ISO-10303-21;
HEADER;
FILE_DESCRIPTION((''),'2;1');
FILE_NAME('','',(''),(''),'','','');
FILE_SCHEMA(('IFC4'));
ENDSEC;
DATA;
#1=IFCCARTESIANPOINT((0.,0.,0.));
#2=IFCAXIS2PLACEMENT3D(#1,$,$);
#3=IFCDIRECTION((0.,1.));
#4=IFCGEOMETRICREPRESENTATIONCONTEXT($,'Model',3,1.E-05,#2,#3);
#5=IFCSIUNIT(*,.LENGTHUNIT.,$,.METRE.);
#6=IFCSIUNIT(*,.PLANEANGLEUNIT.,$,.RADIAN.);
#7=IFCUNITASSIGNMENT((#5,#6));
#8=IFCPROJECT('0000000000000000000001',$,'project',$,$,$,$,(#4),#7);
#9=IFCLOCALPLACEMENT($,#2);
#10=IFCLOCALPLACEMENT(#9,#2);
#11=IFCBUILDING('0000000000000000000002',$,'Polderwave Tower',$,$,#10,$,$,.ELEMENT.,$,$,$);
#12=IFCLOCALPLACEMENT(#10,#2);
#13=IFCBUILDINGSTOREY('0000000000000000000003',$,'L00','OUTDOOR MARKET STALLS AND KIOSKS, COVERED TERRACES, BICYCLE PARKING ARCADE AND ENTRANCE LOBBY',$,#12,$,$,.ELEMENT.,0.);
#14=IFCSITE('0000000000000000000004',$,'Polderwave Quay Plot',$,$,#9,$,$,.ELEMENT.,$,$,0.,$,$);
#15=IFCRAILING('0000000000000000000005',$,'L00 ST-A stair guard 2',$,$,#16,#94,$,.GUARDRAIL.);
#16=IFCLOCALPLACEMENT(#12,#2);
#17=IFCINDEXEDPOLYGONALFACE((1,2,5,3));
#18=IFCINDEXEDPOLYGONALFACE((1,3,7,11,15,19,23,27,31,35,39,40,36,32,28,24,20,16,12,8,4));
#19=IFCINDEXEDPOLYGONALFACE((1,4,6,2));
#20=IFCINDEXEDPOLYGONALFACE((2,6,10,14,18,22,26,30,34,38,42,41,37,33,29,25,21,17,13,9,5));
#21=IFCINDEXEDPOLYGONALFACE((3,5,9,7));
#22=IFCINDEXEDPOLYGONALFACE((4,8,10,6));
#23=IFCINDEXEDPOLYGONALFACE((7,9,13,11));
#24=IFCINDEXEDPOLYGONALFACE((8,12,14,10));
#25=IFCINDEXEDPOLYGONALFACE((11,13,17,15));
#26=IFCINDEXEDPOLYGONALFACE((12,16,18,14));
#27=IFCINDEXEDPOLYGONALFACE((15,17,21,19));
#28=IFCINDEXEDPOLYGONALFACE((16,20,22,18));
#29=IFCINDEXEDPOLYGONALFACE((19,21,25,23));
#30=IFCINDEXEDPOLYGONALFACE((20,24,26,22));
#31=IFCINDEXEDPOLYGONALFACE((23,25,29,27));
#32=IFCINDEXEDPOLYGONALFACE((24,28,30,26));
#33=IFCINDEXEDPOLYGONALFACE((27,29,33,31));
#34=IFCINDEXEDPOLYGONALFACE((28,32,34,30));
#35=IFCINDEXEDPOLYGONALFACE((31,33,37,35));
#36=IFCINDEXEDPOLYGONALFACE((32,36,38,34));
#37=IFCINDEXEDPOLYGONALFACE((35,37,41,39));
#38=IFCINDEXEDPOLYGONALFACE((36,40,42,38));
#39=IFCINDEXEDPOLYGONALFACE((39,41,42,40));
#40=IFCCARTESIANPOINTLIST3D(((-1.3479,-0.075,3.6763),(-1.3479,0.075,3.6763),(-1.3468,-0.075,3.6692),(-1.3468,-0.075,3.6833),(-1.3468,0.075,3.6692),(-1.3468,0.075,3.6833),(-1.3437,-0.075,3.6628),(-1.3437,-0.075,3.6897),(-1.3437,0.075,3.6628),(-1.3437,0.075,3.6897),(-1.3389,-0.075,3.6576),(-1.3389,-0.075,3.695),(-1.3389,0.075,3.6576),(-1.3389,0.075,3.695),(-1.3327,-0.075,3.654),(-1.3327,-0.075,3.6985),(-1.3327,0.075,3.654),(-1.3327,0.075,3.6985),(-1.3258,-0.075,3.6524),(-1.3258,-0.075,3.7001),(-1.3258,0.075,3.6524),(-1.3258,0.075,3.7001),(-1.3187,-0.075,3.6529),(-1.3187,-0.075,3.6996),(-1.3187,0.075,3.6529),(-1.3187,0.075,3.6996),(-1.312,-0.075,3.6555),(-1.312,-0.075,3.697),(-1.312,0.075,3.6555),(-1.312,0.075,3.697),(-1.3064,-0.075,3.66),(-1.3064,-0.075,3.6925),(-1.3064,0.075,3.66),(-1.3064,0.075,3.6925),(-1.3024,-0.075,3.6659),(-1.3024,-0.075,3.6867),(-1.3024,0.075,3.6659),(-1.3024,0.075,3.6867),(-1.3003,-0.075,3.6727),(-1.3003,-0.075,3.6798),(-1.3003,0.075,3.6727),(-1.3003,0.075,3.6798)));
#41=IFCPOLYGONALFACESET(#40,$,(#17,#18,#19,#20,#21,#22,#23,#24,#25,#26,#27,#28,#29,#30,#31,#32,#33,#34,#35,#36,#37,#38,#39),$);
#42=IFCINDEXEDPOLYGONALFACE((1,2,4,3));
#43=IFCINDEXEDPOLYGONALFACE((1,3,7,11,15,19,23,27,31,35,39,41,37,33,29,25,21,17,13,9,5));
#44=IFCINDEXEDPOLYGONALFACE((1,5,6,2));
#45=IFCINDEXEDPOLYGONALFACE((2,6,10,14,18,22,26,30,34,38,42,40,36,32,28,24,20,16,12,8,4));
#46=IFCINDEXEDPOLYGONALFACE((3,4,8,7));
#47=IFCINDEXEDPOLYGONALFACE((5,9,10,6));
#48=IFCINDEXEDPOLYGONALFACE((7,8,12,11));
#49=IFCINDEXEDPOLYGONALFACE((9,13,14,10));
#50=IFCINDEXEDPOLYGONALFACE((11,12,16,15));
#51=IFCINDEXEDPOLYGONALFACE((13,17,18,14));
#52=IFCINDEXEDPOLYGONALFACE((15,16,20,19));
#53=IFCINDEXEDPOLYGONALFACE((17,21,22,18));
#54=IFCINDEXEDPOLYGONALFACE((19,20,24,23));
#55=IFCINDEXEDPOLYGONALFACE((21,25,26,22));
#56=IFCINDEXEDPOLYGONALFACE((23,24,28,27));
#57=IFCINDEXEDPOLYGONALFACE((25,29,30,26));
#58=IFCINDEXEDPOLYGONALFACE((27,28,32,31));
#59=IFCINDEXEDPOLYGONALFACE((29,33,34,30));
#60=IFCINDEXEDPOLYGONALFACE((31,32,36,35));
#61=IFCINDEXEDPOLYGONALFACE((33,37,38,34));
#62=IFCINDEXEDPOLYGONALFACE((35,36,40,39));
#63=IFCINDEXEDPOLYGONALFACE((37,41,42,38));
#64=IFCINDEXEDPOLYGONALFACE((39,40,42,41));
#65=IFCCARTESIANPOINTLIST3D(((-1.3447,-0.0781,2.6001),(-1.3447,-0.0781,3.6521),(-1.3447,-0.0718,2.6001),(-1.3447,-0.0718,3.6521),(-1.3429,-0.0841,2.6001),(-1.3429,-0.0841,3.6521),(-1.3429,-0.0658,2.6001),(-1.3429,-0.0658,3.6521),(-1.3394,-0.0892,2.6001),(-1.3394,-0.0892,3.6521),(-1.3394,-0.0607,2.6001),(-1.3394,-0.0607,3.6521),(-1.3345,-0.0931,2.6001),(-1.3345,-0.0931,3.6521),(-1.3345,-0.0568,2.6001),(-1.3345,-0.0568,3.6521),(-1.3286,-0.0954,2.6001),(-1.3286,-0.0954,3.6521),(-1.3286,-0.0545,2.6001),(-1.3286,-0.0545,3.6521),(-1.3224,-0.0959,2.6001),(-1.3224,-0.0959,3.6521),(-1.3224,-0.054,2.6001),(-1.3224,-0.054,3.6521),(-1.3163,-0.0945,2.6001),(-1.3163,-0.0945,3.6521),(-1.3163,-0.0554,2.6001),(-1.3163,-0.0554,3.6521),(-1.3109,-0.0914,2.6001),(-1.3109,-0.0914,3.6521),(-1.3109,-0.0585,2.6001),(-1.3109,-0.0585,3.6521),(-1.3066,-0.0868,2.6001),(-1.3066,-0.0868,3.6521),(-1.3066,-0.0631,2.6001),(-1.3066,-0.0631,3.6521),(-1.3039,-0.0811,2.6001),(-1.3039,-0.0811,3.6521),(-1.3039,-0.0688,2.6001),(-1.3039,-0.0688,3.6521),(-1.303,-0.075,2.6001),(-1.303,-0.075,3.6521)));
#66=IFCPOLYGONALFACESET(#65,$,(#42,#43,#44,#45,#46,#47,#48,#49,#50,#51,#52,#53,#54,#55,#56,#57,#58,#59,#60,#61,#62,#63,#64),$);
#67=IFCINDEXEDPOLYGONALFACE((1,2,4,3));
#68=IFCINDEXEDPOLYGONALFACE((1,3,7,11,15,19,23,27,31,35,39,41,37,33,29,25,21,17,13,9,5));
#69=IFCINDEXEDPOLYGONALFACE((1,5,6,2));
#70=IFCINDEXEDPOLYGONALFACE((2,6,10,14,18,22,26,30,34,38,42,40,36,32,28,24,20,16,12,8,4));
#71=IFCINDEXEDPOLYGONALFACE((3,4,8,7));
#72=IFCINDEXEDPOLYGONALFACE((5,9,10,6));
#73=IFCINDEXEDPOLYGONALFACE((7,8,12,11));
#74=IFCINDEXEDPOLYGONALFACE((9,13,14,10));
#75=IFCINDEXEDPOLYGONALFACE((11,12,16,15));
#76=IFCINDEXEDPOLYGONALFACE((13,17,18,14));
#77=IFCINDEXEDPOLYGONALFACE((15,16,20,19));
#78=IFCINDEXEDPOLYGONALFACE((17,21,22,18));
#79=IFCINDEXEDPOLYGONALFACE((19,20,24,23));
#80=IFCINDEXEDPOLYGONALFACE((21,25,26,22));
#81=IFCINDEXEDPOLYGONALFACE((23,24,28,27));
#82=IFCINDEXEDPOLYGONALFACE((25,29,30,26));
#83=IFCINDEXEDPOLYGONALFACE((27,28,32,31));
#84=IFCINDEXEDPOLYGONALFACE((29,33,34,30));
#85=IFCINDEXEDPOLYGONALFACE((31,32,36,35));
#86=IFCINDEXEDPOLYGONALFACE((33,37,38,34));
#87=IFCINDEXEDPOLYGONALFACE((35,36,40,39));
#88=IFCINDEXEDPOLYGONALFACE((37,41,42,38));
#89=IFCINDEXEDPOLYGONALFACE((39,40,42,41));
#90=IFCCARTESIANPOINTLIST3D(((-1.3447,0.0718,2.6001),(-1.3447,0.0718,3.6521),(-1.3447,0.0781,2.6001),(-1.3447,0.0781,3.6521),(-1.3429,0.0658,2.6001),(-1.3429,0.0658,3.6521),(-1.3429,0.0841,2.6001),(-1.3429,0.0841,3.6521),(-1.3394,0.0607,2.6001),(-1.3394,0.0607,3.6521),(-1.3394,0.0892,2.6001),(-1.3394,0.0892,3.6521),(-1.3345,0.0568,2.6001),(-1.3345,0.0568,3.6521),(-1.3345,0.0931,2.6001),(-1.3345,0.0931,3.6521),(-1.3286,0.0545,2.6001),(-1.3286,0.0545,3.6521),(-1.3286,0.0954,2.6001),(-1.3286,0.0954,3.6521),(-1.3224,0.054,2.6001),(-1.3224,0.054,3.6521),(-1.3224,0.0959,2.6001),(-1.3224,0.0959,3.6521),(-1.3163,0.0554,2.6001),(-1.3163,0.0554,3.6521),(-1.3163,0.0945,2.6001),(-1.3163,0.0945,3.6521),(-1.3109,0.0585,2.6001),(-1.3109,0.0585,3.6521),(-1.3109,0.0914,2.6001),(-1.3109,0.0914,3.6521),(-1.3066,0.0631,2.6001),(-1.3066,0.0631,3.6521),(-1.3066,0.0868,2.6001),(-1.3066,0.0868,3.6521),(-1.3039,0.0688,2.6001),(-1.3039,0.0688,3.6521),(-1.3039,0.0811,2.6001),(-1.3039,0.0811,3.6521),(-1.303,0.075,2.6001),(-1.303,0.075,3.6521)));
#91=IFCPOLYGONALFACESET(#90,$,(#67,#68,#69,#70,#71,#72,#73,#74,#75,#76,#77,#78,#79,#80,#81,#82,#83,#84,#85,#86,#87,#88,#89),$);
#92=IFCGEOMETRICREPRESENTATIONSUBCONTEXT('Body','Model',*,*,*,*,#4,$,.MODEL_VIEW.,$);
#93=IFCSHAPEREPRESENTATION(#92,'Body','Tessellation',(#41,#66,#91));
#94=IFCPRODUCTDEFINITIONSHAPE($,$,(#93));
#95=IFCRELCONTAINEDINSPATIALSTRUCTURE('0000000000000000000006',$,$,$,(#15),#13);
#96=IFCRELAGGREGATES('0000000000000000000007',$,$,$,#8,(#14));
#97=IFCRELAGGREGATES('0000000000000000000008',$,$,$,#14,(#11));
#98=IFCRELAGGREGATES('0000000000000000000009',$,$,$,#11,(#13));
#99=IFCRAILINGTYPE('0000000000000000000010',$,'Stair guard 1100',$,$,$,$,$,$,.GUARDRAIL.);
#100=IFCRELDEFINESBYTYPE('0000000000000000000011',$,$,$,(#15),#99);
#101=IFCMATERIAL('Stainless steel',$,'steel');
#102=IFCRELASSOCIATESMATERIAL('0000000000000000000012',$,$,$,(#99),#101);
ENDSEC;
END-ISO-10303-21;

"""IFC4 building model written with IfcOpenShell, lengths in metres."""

from ifc_helpers import new_model, si_unit, direction, frame, origin, origin_2d, place, context, subcontext, project, spatial, circle, extrude, material, type_object, element, save


model = new_model("IFC4")

# Units and contexts
model_context = context("Model", 3, precision=1e-05, world=origin(), true_north=direction((0.0, 1.0)))
body_context = subcontext(model_context, "Body", "Model", "MODEL_VIEW")
ifc_project = project(units=[si_unit("LENGTHUNIT", "METRE"), si_unit("PLANEANGLEUNIT", "RADIAN")], contexts=[model_context])

# Site, building, storey
site_placement = place(None, origin())
site = spatial("IfcSite", under=ifc_project, at=site_placement, Name="Polderwave Quay Plot", CompositionType="ELEMENT", RefElevation=0.0)
building_placement = place(site_placement, origin())
building = spatial("IfcBuilding", under=site, at=building_placement, Name="Polderwave Tower", CompositionType="ELEMENT")
storey_placement = place(building_placement, origin())
storey = spatial("IfcBuildingStorey", under=building, at=storey_placement, Name="L00", Description="OUTDOOR MARKET STALLS AND KIOSKS, COVERED TERRACES, BICYCLE PARKING ARCADE AND ENTRANCE LOBBY", CompositionType="ELEMENT", Elevation=0.0)

# Railing
ifc_material_1 = material(Name="Stainless steel", Category="steel")
railing_type_1 = type_object("IfcRailingType", Name="Stair guard 1100", PredefinedType="GUARDRAIL", material=ifc_material_1)
railing_1_placement = place(storey_placement, frame((-1.324, -0.075, 2.6001)))
element("IfcRailing", 1, at=railing_1_placement, inside=storey, type_object=railing_type_1, Name="L00 ST-A stair guard 2", PredefinedType="GUARDRAIL", context=body_context, shape_type="SweptSolid", body=[
    extrude(circle(Radius=0.0239, at=origin_2d()), frame((0.0, 0.0, 1.0762), z_axis=(0.0, 1.0, 0.0), x_axis=(-1.0, 0.0, 0.0)), (0.0, 0.0, 1.0), 0.1499),
    extrude(circle(Radius=0.021, at=origin_2d()), origin(), (0.0, 0.0, 1.0), 1.052),
    extrude(circle(Radius=0.021, at=origin_2d()), frame((0.0, 0.1499, 0.0)), (0.0, 0.0, 1.0), 1.052),
])

save(model, "model.ifc")
